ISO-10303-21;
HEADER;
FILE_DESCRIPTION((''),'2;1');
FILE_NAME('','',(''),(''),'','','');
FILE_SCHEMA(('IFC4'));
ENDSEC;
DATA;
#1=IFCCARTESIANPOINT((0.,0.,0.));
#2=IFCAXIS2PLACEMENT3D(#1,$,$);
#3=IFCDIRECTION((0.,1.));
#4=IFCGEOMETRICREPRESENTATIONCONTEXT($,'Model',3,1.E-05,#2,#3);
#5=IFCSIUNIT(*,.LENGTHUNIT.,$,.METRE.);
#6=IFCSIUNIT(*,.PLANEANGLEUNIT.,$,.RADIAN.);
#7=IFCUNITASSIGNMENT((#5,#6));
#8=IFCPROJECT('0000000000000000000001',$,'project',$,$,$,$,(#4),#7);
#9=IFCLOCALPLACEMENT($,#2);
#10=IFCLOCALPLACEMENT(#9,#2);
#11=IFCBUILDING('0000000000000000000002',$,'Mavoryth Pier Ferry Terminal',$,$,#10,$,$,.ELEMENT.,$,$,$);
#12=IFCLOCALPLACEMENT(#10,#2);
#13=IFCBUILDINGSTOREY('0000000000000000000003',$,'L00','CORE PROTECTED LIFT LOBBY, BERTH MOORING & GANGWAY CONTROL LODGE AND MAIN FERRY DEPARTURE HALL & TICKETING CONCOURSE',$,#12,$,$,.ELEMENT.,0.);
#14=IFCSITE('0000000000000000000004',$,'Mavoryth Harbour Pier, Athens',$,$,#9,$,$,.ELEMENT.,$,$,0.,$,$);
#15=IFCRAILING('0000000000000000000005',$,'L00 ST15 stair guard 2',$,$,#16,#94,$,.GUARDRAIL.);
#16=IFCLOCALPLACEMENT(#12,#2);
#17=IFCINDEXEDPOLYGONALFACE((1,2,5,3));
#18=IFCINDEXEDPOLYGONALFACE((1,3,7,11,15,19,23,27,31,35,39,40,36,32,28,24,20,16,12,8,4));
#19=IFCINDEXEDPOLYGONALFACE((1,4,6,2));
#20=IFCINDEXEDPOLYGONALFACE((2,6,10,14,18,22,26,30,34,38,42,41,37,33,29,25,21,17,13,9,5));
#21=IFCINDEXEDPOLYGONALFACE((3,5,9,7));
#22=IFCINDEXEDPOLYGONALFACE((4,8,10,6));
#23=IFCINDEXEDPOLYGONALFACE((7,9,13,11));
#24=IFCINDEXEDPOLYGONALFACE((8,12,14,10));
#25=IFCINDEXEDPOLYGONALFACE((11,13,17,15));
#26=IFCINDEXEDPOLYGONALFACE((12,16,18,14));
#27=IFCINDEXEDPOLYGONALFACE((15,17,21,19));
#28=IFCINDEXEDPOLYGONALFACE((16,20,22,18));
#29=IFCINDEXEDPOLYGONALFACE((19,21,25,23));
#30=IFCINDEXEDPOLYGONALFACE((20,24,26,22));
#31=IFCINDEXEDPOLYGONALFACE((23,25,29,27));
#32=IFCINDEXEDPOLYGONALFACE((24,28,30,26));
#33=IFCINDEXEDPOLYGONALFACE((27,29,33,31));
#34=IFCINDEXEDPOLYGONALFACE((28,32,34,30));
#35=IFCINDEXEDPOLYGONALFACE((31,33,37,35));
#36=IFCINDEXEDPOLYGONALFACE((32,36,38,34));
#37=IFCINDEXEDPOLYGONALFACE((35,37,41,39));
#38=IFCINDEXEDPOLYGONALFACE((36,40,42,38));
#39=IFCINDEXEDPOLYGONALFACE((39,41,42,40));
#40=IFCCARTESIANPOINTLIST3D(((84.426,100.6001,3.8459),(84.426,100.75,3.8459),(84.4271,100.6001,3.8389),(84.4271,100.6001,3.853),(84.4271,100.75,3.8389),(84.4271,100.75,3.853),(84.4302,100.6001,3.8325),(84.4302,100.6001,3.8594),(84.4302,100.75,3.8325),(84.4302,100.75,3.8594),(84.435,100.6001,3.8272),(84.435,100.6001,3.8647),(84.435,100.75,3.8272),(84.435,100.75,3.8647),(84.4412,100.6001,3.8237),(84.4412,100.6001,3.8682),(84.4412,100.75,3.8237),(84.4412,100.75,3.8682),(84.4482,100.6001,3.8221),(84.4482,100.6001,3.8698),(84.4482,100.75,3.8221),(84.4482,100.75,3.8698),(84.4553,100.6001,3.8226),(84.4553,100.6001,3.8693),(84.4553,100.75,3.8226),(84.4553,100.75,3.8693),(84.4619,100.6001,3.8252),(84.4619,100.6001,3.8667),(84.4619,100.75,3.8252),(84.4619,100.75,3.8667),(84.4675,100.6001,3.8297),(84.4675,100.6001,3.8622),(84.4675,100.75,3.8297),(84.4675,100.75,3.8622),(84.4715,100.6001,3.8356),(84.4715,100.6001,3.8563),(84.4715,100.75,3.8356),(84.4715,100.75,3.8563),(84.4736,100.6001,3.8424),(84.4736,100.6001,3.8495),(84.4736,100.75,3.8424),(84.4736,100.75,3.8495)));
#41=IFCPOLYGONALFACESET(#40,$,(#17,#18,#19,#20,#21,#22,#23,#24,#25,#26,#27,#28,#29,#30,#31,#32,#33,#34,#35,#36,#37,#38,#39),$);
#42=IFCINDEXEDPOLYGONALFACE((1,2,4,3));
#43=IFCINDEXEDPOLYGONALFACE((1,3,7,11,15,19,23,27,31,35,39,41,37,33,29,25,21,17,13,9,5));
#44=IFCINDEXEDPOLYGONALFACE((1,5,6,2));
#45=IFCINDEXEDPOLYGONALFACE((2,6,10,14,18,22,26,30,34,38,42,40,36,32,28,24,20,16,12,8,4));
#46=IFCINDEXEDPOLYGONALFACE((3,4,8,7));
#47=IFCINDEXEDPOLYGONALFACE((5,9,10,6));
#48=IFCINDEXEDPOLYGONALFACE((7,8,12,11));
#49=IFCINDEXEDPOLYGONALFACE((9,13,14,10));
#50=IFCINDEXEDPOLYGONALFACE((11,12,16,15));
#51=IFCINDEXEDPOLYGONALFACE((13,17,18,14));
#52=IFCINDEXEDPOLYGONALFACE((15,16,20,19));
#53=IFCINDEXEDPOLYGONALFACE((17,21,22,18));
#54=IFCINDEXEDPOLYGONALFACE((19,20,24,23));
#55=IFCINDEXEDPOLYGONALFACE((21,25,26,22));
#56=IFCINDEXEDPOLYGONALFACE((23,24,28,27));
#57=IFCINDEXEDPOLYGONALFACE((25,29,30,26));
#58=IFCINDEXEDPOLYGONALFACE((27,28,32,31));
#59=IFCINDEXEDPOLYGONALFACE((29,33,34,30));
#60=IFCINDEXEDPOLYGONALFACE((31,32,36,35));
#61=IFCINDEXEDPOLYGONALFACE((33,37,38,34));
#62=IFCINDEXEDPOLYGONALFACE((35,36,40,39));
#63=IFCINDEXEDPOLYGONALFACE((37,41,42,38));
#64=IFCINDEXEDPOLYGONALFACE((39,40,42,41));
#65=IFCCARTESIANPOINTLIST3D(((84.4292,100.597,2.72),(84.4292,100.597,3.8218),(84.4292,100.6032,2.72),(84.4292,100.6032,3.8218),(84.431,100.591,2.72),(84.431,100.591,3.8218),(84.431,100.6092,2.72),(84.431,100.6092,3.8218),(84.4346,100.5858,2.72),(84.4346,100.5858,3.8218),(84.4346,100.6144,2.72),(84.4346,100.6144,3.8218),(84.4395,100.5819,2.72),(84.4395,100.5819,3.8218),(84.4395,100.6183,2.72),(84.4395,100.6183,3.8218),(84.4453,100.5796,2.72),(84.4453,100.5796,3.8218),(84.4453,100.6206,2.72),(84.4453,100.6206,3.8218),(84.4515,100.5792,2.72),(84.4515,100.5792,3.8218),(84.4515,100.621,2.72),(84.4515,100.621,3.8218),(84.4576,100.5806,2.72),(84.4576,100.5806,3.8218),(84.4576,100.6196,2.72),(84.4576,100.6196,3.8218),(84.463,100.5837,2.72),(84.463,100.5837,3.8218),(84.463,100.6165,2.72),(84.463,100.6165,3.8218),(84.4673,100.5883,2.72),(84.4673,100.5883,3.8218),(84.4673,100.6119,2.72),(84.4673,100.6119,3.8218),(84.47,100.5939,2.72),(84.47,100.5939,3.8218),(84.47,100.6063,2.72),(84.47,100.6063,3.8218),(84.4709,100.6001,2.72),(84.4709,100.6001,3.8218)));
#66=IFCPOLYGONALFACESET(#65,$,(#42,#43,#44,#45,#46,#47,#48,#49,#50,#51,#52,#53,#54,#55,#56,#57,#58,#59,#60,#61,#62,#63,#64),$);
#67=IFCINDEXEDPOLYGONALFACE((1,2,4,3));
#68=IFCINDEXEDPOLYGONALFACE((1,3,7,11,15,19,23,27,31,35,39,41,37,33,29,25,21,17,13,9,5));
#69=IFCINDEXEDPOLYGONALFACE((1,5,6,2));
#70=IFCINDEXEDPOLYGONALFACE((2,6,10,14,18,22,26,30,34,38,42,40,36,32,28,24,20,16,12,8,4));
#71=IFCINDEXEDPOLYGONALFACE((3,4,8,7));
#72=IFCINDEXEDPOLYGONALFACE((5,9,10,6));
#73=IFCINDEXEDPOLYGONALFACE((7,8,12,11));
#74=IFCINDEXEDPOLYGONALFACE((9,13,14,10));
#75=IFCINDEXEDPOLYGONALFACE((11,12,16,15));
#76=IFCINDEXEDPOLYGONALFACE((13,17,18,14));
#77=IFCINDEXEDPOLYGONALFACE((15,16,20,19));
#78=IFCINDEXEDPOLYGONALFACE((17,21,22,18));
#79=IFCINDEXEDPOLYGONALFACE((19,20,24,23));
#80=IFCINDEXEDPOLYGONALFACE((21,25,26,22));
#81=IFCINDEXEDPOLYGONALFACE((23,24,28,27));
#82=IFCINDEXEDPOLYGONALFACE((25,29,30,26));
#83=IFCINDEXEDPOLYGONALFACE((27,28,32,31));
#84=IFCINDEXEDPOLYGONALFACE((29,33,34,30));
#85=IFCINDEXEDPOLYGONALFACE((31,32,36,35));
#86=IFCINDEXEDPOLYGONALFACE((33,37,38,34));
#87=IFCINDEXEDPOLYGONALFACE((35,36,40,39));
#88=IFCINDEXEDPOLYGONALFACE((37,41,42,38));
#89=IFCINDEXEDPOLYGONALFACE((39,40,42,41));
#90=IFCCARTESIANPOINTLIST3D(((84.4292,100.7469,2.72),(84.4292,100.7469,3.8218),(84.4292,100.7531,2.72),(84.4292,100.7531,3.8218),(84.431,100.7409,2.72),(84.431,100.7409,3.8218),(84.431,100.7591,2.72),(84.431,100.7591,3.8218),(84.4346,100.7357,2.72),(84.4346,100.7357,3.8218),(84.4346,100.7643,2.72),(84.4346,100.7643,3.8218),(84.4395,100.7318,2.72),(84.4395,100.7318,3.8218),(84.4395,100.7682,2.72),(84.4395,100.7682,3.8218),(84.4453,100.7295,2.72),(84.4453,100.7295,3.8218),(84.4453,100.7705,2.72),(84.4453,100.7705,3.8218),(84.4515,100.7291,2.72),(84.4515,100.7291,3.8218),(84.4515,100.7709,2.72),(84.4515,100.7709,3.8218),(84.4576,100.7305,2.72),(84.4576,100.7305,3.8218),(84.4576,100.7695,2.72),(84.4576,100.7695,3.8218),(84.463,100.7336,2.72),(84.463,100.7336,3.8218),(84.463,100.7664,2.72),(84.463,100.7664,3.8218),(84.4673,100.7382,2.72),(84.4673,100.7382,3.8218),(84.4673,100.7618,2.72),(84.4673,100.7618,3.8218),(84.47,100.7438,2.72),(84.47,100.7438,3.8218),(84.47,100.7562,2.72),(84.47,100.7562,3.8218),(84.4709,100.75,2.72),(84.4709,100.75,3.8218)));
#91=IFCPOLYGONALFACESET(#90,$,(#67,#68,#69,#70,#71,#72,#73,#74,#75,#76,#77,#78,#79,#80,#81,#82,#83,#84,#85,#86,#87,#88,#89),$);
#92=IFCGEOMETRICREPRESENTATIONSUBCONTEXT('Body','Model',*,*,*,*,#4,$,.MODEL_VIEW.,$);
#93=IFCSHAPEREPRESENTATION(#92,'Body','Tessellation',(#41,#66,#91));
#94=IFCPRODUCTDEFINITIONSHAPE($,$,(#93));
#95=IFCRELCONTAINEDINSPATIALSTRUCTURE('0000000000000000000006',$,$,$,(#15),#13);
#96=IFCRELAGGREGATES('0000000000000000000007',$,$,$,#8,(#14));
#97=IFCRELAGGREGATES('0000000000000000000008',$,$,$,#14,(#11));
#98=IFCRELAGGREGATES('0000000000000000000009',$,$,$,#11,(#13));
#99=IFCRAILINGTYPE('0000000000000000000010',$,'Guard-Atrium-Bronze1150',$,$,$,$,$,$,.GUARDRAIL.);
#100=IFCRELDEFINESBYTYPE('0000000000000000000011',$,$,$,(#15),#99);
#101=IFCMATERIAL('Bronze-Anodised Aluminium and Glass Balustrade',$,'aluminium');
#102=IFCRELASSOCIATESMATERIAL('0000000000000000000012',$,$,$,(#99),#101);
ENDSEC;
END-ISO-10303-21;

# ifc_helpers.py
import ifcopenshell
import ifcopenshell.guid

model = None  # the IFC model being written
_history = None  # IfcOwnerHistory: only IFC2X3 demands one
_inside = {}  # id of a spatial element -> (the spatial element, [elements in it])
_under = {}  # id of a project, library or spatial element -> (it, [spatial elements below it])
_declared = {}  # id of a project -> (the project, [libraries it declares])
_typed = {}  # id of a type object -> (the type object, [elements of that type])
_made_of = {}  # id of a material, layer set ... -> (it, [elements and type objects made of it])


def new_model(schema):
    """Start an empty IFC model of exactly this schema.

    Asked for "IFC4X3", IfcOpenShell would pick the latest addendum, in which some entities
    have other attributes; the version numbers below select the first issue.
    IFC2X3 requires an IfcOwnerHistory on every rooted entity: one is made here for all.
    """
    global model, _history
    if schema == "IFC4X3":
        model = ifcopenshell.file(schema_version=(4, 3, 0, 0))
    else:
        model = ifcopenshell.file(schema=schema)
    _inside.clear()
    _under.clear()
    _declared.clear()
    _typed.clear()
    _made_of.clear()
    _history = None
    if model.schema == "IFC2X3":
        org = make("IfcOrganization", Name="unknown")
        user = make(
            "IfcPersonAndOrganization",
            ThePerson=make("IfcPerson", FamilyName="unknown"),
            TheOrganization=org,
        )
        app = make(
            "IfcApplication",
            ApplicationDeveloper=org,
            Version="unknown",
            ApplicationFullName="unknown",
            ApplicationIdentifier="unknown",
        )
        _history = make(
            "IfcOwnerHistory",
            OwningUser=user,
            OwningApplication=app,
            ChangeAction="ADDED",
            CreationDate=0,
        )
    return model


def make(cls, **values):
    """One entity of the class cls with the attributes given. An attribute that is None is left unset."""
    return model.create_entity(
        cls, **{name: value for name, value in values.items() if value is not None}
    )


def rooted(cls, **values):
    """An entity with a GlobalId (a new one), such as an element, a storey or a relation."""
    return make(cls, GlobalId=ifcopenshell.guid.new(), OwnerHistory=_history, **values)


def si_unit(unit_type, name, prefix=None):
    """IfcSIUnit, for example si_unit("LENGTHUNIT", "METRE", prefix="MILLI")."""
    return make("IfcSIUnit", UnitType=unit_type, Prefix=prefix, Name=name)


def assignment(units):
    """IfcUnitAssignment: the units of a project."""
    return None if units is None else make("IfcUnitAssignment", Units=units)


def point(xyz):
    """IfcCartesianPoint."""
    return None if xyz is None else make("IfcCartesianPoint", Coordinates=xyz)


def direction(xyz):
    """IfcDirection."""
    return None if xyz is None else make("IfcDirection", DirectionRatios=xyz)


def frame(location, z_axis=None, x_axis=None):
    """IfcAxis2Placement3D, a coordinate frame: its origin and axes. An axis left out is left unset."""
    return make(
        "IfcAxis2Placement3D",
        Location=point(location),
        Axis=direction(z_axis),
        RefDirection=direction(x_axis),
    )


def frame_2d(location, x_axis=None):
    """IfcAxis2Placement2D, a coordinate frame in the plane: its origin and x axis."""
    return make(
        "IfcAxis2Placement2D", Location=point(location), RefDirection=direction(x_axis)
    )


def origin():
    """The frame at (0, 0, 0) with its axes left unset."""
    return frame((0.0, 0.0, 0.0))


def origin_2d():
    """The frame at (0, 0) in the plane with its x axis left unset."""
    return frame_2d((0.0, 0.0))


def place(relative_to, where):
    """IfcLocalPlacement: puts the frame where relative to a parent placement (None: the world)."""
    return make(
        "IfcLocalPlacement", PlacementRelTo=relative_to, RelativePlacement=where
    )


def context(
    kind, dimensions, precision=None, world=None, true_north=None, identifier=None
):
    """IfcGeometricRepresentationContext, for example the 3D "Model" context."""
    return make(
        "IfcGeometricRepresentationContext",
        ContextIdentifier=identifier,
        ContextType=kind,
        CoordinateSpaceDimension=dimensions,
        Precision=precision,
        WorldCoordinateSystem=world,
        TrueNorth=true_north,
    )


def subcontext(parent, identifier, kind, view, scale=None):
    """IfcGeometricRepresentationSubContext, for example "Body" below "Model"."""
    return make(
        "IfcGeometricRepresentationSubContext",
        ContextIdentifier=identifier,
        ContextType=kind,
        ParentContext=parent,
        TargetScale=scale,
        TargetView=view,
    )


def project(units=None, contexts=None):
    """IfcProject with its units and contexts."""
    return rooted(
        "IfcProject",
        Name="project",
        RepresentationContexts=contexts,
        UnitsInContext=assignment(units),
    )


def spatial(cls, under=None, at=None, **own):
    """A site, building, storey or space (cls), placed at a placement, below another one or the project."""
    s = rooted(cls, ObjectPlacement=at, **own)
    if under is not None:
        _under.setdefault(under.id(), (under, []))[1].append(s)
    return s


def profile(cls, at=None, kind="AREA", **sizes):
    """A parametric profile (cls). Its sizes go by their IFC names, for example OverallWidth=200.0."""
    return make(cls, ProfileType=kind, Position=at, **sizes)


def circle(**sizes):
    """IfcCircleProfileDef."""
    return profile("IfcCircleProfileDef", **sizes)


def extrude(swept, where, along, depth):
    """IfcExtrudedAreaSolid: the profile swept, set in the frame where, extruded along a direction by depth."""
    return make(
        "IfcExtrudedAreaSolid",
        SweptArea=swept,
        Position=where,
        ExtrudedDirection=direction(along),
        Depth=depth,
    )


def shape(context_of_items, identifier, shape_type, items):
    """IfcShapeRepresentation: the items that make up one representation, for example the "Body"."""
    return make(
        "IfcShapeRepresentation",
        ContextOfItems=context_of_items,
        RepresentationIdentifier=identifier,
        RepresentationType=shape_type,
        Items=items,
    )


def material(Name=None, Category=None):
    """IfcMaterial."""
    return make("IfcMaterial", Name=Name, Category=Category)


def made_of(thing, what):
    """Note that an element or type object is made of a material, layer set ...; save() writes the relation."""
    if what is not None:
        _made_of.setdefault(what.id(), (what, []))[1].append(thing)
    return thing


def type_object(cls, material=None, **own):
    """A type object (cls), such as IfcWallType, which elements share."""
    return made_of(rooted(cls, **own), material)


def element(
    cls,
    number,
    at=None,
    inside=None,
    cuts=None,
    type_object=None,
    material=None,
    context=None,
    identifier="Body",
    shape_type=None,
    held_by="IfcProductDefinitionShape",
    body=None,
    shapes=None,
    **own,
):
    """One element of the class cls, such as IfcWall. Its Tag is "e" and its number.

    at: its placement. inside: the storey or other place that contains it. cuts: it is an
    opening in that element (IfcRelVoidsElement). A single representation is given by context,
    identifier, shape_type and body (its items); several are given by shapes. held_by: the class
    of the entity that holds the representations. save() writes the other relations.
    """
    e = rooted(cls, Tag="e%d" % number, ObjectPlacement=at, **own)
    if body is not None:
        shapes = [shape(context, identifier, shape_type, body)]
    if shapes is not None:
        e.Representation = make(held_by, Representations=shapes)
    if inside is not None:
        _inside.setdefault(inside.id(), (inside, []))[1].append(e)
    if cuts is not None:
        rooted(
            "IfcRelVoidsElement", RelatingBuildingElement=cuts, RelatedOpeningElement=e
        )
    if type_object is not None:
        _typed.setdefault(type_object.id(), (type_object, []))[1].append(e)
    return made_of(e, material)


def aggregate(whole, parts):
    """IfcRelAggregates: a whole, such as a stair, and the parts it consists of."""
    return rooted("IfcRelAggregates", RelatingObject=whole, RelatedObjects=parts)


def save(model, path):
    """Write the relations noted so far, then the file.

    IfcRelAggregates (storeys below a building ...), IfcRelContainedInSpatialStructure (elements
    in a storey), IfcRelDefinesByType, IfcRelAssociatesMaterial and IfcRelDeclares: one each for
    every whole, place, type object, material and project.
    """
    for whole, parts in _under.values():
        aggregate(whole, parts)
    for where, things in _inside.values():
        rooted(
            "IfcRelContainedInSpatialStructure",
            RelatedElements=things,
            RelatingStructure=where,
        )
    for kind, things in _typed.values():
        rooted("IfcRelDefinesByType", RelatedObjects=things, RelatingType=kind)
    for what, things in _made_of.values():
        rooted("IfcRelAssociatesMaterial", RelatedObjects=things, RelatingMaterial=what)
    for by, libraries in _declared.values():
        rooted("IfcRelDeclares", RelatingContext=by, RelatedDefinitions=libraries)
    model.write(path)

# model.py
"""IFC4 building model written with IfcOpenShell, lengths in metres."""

from ifc_helpers import new_model, si_unit, direction, frame, origin, origin_2d, place, context, subcontext, project, spatial, circle, extrude, material, type_object, element, save


model = new_model("IFC4")

# Units and contexts
model_context = context("Model", 3, precision=1e-05, world=origin(), true_north=direction((0.0, 1.0)))
body_context = subcontext(model_context, "Body", "Model", "MODEL_VIEW")
ifc_project = project(units=[si_unit("LENGTHUNIT", "METRE"), si_unit("PLANEANGLEUNIT", "RADIAN")], contexts=[model_context])

# Site, building, storey
site_placement = place(None, origin())
site = spatial("IfcSite", under=ifc_project, at=site_placement, Name="Mavoryth Harbour Pier, Athens", CompositionType="ELEMENT", RefElevation=0.0)
building_placement = place(site_placement, origin())
building = spatial("IfcBuilding", under=site, at=building_placement, Name="Mavoryth Pier Ferry Terminal", CompositionType="ELEMENT")
storey_placement = place(building_placement, origin())
storey = spatial("IfcBuildingStorey", under=building, at=storey_placement, Name="L00", Description="CORE PROTECTED LIFT LOBBY, BERTH MOORING & GANGWAY CONTROL LODGE AND MAIN FERRY DEPARTURE HALL & TICKETING CONCOURSE", CompositionType="ELEMENT", Elevation=0.0)

# Railing
ifc_material_1 = material(Name="Bronze-Anodised Aluminium and Glass Balustrade", Category="aluminium")
railing_type_1 = type_object("IfcRailingType", Name="Guard-Atrium-Bronze1150", PredefinedType="GUARDRAIL", material=ifc_material_1)
railing_1_placement = place(storey_placement, frame((84.45, 100.6001, 2.72)))
element("IfcRailing", 1, at=railing_1_placement, inside=storey, type_object=railing_type_1, Name="L00 ST15 stair guard 2", PredefinedType="GUARDRAIL", context=body_context, shape_type="SweptSolid", body=[
    extrude(circle(Radius=0.0239, at=origin_2d()), frame((0.0, 0.0, 1.126), z_axis=(0.0, 1.0, 0.0), x_axis=(-1.0, 0.0, 0.0)), (0.0, 0.0, 1.0), 0.1499),
    extrude(circle(Radius=0.021, at=origin_2d()), origin(), (0.0, 0.0, 1.0), 1.1018),
    extrude(circle(Radius=0.021, at=origin_2d()), frame((0.0, 0.1499, 0.0)), (0.0, 0.0, 1.0), 1.1018),
])

save(model, "model.ifc")
